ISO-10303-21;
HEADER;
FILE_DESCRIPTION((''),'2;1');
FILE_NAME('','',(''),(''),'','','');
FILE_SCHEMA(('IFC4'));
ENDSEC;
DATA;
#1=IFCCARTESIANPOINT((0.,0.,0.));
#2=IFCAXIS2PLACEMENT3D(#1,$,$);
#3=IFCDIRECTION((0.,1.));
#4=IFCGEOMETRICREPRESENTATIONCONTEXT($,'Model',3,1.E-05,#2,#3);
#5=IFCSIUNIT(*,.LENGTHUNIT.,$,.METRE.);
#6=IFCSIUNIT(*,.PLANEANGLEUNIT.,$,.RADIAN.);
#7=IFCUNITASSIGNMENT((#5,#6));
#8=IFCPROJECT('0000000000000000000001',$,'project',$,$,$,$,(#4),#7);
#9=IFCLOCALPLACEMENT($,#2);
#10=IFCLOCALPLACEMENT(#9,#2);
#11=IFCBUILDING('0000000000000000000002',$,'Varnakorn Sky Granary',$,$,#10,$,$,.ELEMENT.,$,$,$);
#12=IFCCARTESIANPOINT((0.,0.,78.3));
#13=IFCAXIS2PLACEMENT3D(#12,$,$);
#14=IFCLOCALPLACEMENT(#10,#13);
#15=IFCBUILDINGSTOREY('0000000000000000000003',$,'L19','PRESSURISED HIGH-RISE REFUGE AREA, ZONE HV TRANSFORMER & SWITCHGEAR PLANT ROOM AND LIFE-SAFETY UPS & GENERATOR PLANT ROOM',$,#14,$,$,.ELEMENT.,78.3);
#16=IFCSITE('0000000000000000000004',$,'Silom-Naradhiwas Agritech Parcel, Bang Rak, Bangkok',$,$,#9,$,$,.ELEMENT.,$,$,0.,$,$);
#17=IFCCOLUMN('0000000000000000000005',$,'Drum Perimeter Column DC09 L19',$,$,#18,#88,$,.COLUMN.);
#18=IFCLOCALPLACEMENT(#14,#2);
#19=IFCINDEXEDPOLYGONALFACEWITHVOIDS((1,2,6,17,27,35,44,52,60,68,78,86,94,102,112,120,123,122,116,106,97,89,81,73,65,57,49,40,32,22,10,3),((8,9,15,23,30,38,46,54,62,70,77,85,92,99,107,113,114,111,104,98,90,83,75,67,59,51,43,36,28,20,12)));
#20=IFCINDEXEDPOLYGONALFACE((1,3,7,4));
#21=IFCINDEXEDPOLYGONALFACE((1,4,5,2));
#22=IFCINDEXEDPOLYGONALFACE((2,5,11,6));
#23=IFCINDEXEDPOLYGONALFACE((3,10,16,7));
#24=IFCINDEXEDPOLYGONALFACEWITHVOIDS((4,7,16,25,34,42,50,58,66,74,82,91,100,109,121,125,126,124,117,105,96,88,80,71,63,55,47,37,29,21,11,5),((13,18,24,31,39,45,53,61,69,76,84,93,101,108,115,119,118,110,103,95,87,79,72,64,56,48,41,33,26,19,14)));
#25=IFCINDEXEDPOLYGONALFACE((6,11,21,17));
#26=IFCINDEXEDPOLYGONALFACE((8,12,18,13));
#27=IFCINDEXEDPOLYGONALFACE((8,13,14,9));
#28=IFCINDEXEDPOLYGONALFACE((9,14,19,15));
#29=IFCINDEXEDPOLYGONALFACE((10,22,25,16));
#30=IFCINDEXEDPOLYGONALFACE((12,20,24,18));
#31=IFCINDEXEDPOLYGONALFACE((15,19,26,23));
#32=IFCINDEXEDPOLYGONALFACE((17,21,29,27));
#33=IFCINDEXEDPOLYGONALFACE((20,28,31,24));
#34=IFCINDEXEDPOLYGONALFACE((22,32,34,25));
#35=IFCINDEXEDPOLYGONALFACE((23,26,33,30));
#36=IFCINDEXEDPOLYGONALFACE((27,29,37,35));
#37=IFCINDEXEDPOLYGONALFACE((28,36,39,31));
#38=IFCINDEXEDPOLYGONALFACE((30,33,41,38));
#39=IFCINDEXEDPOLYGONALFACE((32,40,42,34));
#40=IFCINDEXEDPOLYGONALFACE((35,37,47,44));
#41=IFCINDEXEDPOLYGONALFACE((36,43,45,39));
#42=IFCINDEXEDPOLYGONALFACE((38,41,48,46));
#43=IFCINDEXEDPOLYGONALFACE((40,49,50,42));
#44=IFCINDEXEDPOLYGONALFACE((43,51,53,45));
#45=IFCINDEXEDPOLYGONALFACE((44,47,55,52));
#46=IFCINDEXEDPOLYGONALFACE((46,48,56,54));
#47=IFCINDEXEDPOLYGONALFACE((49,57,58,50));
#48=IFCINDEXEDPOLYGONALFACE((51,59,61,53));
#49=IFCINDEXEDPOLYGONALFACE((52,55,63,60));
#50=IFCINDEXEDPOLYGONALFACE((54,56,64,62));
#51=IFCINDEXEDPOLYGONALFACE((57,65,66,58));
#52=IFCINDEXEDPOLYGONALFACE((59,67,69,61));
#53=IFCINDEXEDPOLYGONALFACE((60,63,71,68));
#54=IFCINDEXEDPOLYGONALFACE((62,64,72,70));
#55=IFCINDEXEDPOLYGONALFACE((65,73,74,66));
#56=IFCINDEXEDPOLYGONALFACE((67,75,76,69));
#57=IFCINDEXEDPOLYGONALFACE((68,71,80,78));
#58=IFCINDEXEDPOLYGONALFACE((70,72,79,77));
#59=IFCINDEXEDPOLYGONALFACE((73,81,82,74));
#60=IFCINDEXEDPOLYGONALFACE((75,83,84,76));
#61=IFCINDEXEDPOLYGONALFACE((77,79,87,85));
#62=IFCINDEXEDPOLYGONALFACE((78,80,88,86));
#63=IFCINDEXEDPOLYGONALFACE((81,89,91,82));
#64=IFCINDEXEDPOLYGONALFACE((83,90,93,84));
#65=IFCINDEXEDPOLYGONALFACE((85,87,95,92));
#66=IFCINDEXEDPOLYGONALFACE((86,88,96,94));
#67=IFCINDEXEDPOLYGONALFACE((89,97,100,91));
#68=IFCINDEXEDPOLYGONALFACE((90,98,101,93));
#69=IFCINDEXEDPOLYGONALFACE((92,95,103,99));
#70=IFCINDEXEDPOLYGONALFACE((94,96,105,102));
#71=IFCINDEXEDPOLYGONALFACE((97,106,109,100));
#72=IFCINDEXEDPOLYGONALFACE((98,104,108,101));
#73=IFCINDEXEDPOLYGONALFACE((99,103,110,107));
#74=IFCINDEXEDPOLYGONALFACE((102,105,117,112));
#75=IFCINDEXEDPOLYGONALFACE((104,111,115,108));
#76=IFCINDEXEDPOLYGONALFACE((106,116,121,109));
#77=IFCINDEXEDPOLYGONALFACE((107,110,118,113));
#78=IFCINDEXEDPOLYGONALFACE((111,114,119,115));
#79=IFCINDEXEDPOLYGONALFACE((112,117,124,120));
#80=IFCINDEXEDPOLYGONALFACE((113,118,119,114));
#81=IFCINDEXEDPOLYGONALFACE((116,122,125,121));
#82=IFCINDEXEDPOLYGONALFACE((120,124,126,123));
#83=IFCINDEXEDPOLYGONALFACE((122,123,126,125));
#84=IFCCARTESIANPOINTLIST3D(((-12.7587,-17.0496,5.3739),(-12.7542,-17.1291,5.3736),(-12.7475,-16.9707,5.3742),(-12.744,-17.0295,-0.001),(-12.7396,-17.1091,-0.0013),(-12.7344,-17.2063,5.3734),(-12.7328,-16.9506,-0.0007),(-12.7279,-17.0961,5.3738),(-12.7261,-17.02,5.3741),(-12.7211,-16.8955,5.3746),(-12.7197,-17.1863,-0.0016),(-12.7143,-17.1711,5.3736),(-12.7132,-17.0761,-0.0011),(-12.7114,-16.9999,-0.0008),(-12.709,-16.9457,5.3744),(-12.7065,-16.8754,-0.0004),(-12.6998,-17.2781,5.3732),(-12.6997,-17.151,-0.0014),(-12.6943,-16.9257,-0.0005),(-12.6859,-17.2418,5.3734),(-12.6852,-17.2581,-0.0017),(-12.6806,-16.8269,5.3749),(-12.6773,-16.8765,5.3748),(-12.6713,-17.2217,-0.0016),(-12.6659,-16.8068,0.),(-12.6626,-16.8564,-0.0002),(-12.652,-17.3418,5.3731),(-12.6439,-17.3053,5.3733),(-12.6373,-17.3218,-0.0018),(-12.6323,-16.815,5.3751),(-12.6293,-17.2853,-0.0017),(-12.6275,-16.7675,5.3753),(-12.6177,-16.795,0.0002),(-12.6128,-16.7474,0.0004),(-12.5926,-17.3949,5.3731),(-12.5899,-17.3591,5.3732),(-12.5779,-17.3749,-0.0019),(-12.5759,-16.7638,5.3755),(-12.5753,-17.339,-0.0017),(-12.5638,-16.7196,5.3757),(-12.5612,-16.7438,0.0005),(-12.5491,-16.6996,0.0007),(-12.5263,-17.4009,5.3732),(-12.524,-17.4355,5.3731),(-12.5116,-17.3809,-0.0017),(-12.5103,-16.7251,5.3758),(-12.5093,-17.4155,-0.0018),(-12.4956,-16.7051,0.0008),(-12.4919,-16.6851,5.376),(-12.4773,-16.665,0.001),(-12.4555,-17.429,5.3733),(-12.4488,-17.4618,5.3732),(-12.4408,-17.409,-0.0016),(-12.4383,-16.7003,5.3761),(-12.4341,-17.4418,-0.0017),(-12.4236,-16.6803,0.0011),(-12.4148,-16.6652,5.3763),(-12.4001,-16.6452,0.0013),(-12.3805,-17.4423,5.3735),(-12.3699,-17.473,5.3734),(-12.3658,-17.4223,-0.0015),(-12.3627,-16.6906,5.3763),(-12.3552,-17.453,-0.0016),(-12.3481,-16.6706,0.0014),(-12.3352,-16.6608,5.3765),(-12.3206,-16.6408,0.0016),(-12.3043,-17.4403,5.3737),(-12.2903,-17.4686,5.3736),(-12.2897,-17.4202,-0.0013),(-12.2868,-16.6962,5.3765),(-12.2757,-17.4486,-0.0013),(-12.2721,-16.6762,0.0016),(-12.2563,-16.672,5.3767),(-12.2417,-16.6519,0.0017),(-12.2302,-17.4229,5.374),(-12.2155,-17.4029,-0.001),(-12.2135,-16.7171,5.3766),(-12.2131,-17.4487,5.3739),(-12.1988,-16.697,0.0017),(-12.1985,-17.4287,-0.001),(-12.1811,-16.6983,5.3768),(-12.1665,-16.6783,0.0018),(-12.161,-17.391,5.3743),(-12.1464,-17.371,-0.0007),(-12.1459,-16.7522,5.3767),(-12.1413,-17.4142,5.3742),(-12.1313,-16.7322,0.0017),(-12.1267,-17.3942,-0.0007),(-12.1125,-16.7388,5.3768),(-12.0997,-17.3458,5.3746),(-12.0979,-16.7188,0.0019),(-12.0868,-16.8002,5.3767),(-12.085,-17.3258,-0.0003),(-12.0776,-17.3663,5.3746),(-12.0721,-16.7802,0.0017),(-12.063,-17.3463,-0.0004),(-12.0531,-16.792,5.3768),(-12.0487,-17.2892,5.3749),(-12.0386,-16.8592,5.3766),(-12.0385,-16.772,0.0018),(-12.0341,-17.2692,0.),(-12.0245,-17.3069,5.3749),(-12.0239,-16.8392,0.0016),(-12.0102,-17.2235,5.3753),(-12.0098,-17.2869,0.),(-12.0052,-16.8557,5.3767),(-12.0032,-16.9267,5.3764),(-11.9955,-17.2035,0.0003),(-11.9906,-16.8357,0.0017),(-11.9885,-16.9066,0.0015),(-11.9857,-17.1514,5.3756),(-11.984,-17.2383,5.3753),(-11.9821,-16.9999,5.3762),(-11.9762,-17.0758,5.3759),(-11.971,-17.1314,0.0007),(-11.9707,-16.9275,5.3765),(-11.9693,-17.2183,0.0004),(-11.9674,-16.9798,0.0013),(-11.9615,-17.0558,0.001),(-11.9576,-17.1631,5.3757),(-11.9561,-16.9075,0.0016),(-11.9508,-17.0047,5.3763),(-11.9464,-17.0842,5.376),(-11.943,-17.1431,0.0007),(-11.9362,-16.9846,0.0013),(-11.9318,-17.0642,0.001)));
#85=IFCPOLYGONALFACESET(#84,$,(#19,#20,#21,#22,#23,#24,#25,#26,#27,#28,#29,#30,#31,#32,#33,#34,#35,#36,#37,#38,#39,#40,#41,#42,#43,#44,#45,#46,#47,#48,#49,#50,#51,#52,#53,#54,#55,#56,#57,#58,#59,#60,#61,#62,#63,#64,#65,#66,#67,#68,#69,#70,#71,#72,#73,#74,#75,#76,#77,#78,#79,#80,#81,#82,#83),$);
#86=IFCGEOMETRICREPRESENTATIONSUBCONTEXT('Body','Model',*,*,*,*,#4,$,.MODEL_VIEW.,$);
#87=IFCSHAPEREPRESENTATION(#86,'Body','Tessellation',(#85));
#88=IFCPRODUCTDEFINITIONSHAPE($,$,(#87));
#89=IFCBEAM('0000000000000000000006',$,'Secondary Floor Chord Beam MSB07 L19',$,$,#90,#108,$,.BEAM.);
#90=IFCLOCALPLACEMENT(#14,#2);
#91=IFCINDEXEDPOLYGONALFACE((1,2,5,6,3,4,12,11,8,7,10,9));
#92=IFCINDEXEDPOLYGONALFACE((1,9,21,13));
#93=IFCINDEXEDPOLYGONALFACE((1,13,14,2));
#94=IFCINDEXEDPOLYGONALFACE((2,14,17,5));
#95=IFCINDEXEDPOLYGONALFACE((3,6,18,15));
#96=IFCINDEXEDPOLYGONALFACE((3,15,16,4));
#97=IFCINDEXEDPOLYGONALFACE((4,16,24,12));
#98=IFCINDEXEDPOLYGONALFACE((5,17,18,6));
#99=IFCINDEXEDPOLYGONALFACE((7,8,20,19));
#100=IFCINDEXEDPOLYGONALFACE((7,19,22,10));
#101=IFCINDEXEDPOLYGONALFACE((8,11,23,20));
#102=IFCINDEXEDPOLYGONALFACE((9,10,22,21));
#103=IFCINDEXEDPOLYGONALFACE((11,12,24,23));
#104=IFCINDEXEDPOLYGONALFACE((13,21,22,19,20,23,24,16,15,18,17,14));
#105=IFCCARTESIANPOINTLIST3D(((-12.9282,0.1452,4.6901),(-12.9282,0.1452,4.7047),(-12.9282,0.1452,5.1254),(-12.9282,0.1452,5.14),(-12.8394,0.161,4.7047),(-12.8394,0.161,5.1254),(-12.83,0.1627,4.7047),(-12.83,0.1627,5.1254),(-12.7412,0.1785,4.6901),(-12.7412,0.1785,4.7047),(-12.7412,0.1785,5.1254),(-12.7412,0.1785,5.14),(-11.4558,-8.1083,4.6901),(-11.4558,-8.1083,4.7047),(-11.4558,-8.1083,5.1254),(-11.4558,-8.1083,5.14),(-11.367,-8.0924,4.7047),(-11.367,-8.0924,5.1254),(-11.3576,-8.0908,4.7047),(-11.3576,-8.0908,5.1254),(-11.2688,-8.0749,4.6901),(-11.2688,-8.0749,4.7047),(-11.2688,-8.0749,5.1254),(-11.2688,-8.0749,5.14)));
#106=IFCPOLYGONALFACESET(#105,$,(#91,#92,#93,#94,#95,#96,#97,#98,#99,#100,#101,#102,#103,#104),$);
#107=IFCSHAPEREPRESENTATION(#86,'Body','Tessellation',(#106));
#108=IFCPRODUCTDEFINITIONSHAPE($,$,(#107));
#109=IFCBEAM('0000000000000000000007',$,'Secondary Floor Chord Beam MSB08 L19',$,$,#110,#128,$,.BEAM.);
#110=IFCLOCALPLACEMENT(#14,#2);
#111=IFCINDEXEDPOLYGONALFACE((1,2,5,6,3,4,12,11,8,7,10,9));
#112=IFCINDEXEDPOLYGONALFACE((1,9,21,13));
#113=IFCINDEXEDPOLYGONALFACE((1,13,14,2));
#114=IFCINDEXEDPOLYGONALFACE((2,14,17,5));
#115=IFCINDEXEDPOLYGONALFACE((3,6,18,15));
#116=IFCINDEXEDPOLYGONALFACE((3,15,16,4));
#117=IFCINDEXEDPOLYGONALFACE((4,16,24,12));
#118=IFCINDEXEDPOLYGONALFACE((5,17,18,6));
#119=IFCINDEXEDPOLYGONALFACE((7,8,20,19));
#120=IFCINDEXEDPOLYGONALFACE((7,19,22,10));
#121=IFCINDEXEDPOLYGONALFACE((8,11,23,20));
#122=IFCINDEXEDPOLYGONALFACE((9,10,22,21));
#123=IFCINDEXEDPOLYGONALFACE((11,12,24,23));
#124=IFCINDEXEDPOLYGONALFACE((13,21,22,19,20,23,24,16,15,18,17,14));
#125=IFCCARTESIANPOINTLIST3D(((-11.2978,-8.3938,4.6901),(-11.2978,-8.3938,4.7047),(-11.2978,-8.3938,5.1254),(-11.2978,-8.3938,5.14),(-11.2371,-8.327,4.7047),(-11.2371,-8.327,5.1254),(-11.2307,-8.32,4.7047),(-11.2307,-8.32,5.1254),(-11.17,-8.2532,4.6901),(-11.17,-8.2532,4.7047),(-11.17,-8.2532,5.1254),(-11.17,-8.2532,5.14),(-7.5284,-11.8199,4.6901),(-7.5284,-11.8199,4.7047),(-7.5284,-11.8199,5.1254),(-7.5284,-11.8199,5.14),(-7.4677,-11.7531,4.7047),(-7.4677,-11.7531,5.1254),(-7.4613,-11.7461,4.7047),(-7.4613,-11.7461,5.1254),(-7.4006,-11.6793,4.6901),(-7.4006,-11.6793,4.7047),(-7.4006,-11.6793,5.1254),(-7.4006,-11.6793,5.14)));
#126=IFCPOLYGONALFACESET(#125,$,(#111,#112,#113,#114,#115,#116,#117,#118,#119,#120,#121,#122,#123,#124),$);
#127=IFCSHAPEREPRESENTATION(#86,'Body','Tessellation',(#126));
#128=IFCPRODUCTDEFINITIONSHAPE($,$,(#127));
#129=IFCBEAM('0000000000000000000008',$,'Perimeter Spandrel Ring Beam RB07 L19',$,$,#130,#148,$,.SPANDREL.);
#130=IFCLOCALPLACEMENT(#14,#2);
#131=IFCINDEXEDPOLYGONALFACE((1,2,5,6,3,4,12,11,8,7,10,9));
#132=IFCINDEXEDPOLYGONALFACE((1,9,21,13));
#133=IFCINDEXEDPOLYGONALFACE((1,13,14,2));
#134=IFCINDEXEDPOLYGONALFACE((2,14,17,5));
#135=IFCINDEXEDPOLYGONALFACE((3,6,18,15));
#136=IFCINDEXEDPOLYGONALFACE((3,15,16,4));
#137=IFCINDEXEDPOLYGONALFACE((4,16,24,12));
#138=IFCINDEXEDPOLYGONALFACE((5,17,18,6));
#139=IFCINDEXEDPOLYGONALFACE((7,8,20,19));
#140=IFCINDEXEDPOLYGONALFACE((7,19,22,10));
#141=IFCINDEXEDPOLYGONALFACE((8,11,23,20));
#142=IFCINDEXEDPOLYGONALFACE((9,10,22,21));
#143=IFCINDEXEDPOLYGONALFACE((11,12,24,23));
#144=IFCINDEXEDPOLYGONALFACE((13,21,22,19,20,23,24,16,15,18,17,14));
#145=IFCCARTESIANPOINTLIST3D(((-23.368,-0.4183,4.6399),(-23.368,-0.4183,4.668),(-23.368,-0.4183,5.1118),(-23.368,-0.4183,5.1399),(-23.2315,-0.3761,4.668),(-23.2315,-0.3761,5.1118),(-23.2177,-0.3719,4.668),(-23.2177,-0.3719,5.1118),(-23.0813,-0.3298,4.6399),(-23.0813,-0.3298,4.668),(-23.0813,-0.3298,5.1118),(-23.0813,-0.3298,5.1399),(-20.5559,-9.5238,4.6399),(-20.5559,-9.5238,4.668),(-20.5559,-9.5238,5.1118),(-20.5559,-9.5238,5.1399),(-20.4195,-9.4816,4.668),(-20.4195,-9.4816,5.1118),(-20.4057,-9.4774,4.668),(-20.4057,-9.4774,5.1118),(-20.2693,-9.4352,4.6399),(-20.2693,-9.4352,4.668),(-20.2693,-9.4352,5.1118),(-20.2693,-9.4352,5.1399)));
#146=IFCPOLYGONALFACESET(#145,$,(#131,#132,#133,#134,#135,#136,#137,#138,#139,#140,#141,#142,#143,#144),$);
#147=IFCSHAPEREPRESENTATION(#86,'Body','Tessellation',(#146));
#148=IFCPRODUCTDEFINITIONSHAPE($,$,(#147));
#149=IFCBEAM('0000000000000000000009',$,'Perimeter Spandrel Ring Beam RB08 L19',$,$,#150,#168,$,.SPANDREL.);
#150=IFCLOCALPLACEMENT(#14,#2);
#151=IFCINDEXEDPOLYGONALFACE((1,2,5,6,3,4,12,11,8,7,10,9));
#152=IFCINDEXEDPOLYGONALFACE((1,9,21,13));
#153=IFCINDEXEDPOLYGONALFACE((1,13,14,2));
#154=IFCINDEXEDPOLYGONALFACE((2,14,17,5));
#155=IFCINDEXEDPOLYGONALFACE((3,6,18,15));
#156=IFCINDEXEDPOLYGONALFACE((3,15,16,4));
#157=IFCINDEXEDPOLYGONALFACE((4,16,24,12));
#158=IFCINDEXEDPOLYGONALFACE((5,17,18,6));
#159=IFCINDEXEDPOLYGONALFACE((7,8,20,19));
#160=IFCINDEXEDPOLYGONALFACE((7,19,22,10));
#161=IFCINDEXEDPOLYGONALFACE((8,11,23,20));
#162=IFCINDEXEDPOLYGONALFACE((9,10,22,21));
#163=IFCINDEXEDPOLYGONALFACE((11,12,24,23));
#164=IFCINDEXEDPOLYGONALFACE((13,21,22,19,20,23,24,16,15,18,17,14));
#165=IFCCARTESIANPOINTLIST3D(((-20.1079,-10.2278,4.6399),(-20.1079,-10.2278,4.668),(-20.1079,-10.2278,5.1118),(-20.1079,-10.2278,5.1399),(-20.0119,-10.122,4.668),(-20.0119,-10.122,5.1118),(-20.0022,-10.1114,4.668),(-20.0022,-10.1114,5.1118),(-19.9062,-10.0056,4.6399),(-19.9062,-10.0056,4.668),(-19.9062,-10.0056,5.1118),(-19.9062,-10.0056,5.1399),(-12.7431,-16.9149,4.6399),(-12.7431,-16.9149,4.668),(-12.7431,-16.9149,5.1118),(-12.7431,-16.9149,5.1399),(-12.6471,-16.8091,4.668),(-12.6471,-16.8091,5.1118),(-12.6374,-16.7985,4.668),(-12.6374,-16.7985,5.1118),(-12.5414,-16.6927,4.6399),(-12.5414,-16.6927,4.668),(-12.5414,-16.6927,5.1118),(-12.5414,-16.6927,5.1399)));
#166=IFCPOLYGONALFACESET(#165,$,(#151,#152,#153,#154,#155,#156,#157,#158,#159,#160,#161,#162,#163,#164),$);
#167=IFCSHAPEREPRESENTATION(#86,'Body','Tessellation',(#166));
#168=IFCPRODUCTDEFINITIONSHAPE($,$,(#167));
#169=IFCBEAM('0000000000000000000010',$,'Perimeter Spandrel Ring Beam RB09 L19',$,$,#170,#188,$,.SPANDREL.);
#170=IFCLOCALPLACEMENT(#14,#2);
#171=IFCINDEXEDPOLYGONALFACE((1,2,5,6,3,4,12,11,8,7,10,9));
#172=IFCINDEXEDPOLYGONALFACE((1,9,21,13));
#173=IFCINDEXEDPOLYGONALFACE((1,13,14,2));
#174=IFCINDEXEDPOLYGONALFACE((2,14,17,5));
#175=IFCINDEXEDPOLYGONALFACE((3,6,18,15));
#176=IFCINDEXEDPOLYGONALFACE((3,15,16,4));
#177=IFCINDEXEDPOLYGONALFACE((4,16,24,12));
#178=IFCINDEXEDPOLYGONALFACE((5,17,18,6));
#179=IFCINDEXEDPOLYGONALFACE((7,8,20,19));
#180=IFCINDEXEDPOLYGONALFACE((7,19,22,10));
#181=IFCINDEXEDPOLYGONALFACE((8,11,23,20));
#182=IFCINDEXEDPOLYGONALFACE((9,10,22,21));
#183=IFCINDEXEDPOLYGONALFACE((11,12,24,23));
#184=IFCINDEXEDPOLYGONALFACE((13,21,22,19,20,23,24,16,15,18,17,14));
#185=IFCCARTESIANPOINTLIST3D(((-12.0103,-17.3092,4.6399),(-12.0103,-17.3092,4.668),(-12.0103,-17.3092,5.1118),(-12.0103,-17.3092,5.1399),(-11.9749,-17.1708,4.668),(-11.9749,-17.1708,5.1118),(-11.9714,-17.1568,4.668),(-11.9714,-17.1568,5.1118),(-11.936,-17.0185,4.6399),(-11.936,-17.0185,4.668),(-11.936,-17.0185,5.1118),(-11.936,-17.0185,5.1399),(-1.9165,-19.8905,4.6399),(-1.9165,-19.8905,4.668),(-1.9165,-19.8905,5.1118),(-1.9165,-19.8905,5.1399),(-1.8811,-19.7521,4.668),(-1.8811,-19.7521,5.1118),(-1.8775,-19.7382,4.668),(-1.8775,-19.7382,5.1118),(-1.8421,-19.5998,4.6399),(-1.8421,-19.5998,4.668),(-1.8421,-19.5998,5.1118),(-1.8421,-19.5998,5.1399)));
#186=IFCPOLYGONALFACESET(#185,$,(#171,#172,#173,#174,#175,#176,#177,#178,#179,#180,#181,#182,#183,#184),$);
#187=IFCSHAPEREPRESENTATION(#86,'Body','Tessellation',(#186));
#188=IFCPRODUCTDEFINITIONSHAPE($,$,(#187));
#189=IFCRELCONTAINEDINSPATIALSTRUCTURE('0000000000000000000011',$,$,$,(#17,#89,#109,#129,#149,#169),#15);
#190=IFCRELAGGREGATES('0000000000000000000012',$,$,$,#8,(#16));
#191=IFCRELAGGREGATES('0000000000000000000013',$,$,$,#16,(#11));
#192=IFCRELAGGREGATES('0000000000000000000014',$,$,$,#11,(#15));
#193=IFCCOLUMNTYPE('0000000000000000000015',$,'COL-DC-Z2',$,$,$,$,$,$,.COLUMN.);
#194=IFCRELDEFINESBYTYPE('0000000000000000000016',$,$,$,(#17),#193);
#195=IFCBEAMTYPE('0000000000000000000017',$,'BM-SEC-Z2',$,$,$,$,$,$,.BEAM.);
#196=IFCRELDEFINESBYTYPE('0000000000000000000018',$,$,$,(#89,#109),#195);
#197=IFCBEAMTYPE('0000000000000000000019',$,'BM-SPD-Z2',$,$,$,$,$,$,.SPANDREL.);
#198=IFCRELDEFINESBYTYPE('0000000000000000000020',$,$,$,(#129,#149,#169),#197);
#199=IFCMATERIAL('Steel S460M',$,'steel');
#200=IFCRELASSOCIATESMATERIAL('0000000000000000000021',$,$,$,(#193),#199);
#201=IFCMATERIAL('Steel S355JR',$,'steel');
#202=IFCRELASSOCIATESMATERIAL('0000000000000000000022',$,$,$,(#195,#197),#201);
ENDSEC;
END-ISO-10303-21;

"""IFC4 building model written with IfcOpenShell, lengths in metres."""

from ifc_helpers import new_model, si_unit, direction, frame, origin, origin_2d, place, context, subcontext, project, spatial, hollow_circle, i_section, extrude, material, material_profile, profile_set, type_object, element, save


model = new_model("IFC4")

# Units and contexts
model_context = context("Model", 3, precision=1e-05, world=origin(), true_north=direction((0.0, 1.0)))
body_context = subcontext(model_context, "Body", "Model", "MODEL_VIEW")
ifc_project = project(units=[si_unit("LENGTHUNIT", "METRE"), si_unit("PLANEANGLEUNIT", "RADIAN")], contexts=[model_context])

# Site, building, storey
site_placement = place(None, origin())
site = spatial("IfcSite", under=ifc_project, at=site_placement, Name="Silom-Naradhiwas Agritech Parcel, Bang Rak, Bangkok", CompositionType="ELEMENT", RefElevation=0.0)
building_placement = place(site_placement, origin())
building = spatial("IfcBuilding", under=site, at=building_placement, Name="Varnakorn Sky Granary", CompositionType="ELEMENT")
storey_placement = place(building_placement, frame((0.0, 0.0, 78.3)))
storey = spatial("IfcBuildingStorey", under=building, at=storey_placement, Name="L19", Description="PRESSURISED HIGH-RISE REFUGE AREA, ZONE HV TRANSFORMER & SWITCHGEAR PLANT ROOM AND LIFE-SAFETY UPS & GENERATOR PLANT ROOM", CompositionType="ELEMENT", Elevation=78.3)

# Column
ifc_material_1 = material(Name="Steel S460M", Category="steel")
ifc_material_profile_1 = material_profile(ifc_material_1, hollow_circle(Radius=0.4065, WallThickness=0.03, at=origin_2d()), Name="CHS 813x30")
ifc_profile_set_1 = profile_set([ifc_material_profile_1], Name="Steel S460M")
column_type = type_object("IfcColumnType", Name="COL-DC-Z2", PredefinedType="COLUMN", material=ifc_profile_set_1)
for number, where, z_axis, x_axis, name in (
    (1, (-12.3379, -17.0469, 0.0), (-0.002725, -0.003725, 0.999989), (0.80703, -0.59051, 0.0), "Drum Perimeter Column DC09 L19"),
):
    element("IfcColumn", number, at=place(storey_placement, frame(where, z_axis=z_axis, x_axis=x_axis)), inside=storey, type_object=column_type, Name=name, PredefinedType="COLUMN", context=body_context, shape_type="SweptSolid", body=[
        extrude(hollow_circle(Radius=0.4065, WallThickness=0.03, at=origin_2d()), origin(), (0.0, 0.0, 1.0), 5.375),
    ])

# Beams
ifc_material_2 = material(Name="Steel S355JR", Category="steel")
ifc_material_profile_2 = material_profile(ifc_material_2, i_section(OverallWidth=0.1899, OverallDepth=0.45, WebThickness=0.0095, FlangeThickness=0.0146, at=origin_2d()), Name="IPE 450")
ifc_profile_set_2 = profile_set([ifc_material_profile_2], Name="Steel S355JR")
beam_type_1 = type_object("IfcBeamType", Name="BM-SEC-Z2", PredefinedType="BEAM", material=ifc_profile_set_2)
beam_1_placement = place(storey_placement, frame((-12.8347, 0.1619, 4.915), z_axis=(0.175627, -0.984457, 0.0), x_axis=(0.984457, 0.175627, 0.0)))
element("IfcBeam", 2, at=beam_1_placement, inside=storey, type_object=beam_type_1, Name="Secondary Floor Chord Beam MSB07 L19", PredefinedType="BEAM", context=body_context, shape_type="SweptSolid", body=[
    extrude(i_section(OverallWidth=0.1899, OverallDepth=0.45, WebThickness=0.0095, FlangeThickness=0.0146, at=origin_2d()), origin(), (0.0, 0.0, 1.0), 8.3838),
])
beam_2_placement = place(storey_placement, frame((-11.2339, -8.3235, 4.915), z_axis=(0.739999, -0.672608, 0.0), x_axis=(0.672608, 0.739999, 0.0)))
element("IfcBeam", 3, at=beam_2_placement, inside=storey, type_object=beam_type_1, Name="Secondary Floor Chord Beam MSB08 L19", PredefinedType="BEAM", context=body_context, shape_type="SweptSolid", body=[
    extrude(i_section(OverallWidth=0.1899, OverallDepth=0.45, WebThickness=0.0095, FlangeThickness=0.0146, at=origin_2d()), origin(), (0.0, 0.0, 1.0), 5.0938),
])
ifc_material_profile_3 = material_profile(ifc_material_2, i_section(OverallWidth=0.3, OverallDepth=0.5, WebThickness=0.0144, FlangeThickness=0.0281, at=origin_2d()), Name="HE 500 B")
ifc_profile_set_3 = profile_set([ifc_material_profile_3], Name="Steel S355JR")
beam_type_2 = type_object("IfcBeamType", Name="BM-SPD-Z2", PredefinedType="SPANDREL", material=ifc_profile_set_3)
beam_3_placement = place(storey_placement, frame((-23.2246, -0.374, 4.8899), z_axis=(0.295076, -0.955474, 0.0), x_axis=(0.955474, 0.295076, 0.0)))
element("IfcBeam", 4, at=beam_3_placement, inside=storey, type_object=beam_type_2, Name="Perimeter Spandrel Ring Beam RB07 L19", PredefinedType="SPANDREL", context=body_context, shape_type="SweptSolid", body=[
    extrude(i_section(OverallWidth=0.3, OverallDepth=0.5, WebThickness=0.0144, FlangeThickness=0.0281, at=origin_2d()), origin(), (0.0, 0.0, 1.0), 9.5298),
])
beam_4_placement = place(storey_placement, frame((-20.0071, -10.1167, 4.8899), z_axis=(0.740351, -0.672221, 0.0), x_axis=(0.672221, 0.740351, 0.0)))
element("IfcBeam", 5, at=beam_4_placement, inside=storey, type_object=beam_type_2, Name="Perimeter Spandrel Ring Beam RB08 L19", PredefinedType="SPANDREL", context=body_context, shape_type="SweptSolid", body=[
    extrude(i_section(OverallWidth=0.3, OverallDepth=0.5, WebThickness=0.0144, FlangeThickness=0.0281, at=origin_2d()), origin(), (0.0, 0.0, 1.0), 9.9478),
])
beam_5_placement = place(storey_placement, frame((-11.9731, -17.1638, 4.8899), z_axis=(0.968822, -0.247759, 0.0), x_axis=(0.247759, 0.968822, 0.0)))
element("IfcBeam", 6, at=beam_5_placement, inside=storey, type_object=beam_type_2, Name="Perimeter Spandrel Ring Beam RB09 L19", PredefinedType="SPANDREL", context=body_context, shape_type="SweptSolid", body=[
    extrude(i_section(OverallWidth=0.3, OverallDepth=0.5, WebThickness=0.0144, FlangeThickness=0.0281, at=origin_2d()), origin(), (0.0, 0.0, 1.0), 10.4187),
])

save(model, "model.ifc")
